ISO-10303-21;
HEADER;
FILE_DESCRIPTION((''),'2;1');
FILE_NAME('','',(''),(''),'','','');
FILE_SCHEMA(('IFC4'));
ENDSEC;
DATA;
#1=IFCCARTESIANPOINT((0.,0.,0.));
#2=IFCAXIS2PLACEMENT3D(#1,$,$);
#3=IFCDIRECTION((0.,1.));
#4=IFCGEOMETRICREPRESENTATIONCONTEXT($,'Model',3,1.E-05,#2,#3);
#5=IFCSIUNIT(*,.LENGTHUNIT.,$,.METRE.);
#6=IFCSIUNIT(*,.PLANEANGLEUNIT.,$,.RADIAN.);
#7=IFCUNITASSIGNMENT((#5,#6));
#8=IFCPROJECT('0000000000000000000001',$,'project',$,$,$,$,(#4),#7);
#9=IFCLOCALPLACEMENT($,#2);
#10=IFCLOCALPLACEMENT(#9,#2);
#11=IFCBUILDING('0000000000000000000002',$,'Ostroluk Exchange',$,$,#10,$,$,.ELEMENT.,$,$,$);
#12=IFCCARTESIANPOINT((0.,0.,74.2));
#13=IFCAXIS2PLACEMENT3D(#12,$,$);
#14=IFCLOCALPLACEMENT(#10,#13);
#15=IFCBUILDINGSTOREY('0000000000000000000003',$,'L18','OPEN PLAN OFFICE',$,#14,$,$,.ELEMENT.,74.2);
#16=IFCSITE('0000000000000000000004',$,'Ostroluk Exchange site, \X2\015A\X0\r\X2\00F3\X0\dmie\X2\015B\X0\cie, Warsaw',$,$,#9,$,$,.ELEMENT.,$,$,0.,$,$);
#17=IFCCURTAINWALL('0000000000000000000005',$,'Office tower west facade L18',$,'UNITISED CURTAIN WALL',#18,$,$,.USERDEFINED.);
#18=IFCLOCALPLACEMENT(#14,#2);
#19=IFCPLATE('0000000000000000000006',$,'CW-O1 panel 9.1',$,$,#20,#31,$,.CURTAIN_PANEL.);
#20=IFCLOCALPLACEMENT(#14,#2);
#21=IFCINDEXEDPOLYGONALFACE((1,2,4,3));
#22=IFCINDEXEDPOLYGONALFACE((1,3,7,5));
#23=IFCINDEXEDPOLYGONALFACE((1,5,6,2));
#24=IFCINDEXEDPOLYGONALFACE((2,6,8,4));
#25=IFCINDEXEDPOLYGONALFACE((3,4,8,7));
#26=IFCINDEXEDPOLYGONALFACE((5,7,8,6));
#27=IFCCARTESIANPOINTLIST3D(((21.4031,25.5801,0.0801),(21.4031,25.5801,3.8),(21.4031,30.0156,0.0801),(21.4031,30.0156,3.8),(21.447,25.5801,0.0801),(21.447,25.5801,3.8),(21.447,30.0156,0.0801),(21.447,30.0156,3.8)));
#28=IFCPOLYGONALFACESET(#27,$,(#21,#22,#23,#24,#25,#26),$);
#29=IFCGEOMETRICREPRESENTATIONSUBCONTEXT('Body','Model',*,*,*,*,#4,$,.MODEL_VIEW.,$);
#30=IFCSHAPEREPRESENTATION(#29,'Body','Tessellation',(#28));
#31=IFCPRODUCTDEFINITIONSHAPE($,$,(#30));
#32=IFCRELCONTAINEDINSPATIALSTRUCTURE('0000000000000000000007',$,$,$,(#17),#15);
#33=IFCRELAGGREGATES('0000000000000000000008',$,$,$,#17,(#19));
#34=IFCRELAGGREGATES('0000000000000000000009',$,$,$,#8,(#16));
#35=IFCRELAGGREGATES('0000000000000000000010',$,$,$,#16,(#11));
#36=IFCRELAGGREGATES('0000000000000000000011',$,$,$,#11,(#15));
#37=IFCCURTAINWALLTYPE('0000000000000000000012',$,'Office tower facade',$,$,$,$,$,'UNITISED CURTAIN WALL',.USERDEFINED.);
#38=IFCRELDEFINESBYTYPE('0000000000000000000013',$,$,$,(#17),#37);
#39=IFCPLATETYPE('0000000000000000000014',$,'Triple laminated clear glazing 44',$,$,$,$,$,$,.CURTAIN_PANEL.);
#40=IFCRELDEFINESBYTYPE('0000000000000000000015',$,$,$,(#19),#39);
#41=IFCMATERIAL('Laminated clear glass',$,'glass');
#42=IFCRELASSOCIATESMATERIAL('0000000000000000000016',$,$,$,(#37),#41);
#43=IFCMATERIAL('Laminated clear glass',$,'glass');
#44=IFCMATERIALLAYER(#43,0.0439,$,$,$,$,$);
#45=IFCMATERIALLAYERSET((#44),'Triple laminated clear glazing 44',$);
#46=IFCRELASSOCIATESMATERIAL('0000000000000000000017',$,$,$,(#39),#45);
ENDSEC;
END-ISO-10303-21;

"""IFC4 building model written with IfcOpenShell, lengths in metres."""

from ifc_helpers import new_model, si_unit, direction, frame, origin, origin_2d, place, context, subcontext, project, spatial, rectangle, extrude, material, layer, layer_set, type_object, element, aggregate, save


model = new_model("IFC4")

# Units and contexts
model_context = context("Model", 3, precision=1e-05, world=origin(), true_north=direction((0.0, 1.0)))
body_context = subcontext(model_context, "Body", "Model", "MODEL_VIEW")
ifc_project = project(units=[si_unit("LENGTHUNIT", "METRE"), si_unit("PLANEANGLEUNIT", "RADIAN")], contexts=[model_context])

# Site, building, storey
site_placement = place(None, origin())
site = spatial("IfcSite", under=ifc_project, at=site_placement, Name="Ostroluk Exchange site, Śródmieście, Warsaw", CompositionType="ELEMENT", RefElevation=0.0)
building_placement = place(site_placement, origin())
building = spatial("IfcBuilding", under=site, at=building_placement, Name="Ostroluk Exchange", CompositionType="ELEMENT")
storey_placement = place(building_placement, frame((0.0, 0.0, 74.2)))
storey = spatial("IfcBuildingStorey", under=building, at=storey_placement, Name="L18", Description="OPEN PLAN OFFICE", CompositionType="ELEMENT", Elevation=74.2)

# Curtain wall, plate
ifc_material_1 = material(Name="Laminated clear glass", Category="glass")
curtain_wall_type = type_object("IfcCurtainWallType", Name="Office tower facade", ElementType="UNITISED CURTAIN WALL", PredefinedType="USERDEFINED", material=ifc_material_1)
curtain_wall_placement = place(storey_placement, origin())
curtain_wall = element("IfcCurtainWall", 1, at=curtain_wall_placement, inside=storey, type_object=curtain_wall_type, Name="Office tower west facade L18", ObjectType="UNITISED CURTAIN WALL", PredefinedType="USERDEFINED")
ifc_material_2 = material(Name="Laminated clear glass", Category="glass")
ifc_layer = layer(ifc_material_2, 0.0439)
ifc_layer_set = layer_set([ifc_layer], Name="Triple laminated clear glazing 44")
plate_type = type_object("IfcPlateType", Name="Triple laminated clear glazing 44", PredefinedType="CURTAIN_PANEL", material=ifc_layer_set)
plate_1_placement = place(storey_placement, frame((21.425, 27.7979, 0.0801), z_axis=(0.0, 0.0, 1.0), x_axis=(0.0, -1.0, 0.0)))
plate_1 = element("IfcPlate", 2, at=plate_1_placement, type_object=plate_type, Name="CW-O1 panel 9.1", PredefinedType="CURTAIN_PANEL", context=body_context, shape_type="SweptSolid", body=[
    extrude(rectangle(XDim=4.4355, YDim=0.0439, at=origin_2d()), origin(), (0.0, 0.0, 1.0), 3.72),
])
aggregate(curtain_wall, [plate_1])

save(model, "model.ifc")
